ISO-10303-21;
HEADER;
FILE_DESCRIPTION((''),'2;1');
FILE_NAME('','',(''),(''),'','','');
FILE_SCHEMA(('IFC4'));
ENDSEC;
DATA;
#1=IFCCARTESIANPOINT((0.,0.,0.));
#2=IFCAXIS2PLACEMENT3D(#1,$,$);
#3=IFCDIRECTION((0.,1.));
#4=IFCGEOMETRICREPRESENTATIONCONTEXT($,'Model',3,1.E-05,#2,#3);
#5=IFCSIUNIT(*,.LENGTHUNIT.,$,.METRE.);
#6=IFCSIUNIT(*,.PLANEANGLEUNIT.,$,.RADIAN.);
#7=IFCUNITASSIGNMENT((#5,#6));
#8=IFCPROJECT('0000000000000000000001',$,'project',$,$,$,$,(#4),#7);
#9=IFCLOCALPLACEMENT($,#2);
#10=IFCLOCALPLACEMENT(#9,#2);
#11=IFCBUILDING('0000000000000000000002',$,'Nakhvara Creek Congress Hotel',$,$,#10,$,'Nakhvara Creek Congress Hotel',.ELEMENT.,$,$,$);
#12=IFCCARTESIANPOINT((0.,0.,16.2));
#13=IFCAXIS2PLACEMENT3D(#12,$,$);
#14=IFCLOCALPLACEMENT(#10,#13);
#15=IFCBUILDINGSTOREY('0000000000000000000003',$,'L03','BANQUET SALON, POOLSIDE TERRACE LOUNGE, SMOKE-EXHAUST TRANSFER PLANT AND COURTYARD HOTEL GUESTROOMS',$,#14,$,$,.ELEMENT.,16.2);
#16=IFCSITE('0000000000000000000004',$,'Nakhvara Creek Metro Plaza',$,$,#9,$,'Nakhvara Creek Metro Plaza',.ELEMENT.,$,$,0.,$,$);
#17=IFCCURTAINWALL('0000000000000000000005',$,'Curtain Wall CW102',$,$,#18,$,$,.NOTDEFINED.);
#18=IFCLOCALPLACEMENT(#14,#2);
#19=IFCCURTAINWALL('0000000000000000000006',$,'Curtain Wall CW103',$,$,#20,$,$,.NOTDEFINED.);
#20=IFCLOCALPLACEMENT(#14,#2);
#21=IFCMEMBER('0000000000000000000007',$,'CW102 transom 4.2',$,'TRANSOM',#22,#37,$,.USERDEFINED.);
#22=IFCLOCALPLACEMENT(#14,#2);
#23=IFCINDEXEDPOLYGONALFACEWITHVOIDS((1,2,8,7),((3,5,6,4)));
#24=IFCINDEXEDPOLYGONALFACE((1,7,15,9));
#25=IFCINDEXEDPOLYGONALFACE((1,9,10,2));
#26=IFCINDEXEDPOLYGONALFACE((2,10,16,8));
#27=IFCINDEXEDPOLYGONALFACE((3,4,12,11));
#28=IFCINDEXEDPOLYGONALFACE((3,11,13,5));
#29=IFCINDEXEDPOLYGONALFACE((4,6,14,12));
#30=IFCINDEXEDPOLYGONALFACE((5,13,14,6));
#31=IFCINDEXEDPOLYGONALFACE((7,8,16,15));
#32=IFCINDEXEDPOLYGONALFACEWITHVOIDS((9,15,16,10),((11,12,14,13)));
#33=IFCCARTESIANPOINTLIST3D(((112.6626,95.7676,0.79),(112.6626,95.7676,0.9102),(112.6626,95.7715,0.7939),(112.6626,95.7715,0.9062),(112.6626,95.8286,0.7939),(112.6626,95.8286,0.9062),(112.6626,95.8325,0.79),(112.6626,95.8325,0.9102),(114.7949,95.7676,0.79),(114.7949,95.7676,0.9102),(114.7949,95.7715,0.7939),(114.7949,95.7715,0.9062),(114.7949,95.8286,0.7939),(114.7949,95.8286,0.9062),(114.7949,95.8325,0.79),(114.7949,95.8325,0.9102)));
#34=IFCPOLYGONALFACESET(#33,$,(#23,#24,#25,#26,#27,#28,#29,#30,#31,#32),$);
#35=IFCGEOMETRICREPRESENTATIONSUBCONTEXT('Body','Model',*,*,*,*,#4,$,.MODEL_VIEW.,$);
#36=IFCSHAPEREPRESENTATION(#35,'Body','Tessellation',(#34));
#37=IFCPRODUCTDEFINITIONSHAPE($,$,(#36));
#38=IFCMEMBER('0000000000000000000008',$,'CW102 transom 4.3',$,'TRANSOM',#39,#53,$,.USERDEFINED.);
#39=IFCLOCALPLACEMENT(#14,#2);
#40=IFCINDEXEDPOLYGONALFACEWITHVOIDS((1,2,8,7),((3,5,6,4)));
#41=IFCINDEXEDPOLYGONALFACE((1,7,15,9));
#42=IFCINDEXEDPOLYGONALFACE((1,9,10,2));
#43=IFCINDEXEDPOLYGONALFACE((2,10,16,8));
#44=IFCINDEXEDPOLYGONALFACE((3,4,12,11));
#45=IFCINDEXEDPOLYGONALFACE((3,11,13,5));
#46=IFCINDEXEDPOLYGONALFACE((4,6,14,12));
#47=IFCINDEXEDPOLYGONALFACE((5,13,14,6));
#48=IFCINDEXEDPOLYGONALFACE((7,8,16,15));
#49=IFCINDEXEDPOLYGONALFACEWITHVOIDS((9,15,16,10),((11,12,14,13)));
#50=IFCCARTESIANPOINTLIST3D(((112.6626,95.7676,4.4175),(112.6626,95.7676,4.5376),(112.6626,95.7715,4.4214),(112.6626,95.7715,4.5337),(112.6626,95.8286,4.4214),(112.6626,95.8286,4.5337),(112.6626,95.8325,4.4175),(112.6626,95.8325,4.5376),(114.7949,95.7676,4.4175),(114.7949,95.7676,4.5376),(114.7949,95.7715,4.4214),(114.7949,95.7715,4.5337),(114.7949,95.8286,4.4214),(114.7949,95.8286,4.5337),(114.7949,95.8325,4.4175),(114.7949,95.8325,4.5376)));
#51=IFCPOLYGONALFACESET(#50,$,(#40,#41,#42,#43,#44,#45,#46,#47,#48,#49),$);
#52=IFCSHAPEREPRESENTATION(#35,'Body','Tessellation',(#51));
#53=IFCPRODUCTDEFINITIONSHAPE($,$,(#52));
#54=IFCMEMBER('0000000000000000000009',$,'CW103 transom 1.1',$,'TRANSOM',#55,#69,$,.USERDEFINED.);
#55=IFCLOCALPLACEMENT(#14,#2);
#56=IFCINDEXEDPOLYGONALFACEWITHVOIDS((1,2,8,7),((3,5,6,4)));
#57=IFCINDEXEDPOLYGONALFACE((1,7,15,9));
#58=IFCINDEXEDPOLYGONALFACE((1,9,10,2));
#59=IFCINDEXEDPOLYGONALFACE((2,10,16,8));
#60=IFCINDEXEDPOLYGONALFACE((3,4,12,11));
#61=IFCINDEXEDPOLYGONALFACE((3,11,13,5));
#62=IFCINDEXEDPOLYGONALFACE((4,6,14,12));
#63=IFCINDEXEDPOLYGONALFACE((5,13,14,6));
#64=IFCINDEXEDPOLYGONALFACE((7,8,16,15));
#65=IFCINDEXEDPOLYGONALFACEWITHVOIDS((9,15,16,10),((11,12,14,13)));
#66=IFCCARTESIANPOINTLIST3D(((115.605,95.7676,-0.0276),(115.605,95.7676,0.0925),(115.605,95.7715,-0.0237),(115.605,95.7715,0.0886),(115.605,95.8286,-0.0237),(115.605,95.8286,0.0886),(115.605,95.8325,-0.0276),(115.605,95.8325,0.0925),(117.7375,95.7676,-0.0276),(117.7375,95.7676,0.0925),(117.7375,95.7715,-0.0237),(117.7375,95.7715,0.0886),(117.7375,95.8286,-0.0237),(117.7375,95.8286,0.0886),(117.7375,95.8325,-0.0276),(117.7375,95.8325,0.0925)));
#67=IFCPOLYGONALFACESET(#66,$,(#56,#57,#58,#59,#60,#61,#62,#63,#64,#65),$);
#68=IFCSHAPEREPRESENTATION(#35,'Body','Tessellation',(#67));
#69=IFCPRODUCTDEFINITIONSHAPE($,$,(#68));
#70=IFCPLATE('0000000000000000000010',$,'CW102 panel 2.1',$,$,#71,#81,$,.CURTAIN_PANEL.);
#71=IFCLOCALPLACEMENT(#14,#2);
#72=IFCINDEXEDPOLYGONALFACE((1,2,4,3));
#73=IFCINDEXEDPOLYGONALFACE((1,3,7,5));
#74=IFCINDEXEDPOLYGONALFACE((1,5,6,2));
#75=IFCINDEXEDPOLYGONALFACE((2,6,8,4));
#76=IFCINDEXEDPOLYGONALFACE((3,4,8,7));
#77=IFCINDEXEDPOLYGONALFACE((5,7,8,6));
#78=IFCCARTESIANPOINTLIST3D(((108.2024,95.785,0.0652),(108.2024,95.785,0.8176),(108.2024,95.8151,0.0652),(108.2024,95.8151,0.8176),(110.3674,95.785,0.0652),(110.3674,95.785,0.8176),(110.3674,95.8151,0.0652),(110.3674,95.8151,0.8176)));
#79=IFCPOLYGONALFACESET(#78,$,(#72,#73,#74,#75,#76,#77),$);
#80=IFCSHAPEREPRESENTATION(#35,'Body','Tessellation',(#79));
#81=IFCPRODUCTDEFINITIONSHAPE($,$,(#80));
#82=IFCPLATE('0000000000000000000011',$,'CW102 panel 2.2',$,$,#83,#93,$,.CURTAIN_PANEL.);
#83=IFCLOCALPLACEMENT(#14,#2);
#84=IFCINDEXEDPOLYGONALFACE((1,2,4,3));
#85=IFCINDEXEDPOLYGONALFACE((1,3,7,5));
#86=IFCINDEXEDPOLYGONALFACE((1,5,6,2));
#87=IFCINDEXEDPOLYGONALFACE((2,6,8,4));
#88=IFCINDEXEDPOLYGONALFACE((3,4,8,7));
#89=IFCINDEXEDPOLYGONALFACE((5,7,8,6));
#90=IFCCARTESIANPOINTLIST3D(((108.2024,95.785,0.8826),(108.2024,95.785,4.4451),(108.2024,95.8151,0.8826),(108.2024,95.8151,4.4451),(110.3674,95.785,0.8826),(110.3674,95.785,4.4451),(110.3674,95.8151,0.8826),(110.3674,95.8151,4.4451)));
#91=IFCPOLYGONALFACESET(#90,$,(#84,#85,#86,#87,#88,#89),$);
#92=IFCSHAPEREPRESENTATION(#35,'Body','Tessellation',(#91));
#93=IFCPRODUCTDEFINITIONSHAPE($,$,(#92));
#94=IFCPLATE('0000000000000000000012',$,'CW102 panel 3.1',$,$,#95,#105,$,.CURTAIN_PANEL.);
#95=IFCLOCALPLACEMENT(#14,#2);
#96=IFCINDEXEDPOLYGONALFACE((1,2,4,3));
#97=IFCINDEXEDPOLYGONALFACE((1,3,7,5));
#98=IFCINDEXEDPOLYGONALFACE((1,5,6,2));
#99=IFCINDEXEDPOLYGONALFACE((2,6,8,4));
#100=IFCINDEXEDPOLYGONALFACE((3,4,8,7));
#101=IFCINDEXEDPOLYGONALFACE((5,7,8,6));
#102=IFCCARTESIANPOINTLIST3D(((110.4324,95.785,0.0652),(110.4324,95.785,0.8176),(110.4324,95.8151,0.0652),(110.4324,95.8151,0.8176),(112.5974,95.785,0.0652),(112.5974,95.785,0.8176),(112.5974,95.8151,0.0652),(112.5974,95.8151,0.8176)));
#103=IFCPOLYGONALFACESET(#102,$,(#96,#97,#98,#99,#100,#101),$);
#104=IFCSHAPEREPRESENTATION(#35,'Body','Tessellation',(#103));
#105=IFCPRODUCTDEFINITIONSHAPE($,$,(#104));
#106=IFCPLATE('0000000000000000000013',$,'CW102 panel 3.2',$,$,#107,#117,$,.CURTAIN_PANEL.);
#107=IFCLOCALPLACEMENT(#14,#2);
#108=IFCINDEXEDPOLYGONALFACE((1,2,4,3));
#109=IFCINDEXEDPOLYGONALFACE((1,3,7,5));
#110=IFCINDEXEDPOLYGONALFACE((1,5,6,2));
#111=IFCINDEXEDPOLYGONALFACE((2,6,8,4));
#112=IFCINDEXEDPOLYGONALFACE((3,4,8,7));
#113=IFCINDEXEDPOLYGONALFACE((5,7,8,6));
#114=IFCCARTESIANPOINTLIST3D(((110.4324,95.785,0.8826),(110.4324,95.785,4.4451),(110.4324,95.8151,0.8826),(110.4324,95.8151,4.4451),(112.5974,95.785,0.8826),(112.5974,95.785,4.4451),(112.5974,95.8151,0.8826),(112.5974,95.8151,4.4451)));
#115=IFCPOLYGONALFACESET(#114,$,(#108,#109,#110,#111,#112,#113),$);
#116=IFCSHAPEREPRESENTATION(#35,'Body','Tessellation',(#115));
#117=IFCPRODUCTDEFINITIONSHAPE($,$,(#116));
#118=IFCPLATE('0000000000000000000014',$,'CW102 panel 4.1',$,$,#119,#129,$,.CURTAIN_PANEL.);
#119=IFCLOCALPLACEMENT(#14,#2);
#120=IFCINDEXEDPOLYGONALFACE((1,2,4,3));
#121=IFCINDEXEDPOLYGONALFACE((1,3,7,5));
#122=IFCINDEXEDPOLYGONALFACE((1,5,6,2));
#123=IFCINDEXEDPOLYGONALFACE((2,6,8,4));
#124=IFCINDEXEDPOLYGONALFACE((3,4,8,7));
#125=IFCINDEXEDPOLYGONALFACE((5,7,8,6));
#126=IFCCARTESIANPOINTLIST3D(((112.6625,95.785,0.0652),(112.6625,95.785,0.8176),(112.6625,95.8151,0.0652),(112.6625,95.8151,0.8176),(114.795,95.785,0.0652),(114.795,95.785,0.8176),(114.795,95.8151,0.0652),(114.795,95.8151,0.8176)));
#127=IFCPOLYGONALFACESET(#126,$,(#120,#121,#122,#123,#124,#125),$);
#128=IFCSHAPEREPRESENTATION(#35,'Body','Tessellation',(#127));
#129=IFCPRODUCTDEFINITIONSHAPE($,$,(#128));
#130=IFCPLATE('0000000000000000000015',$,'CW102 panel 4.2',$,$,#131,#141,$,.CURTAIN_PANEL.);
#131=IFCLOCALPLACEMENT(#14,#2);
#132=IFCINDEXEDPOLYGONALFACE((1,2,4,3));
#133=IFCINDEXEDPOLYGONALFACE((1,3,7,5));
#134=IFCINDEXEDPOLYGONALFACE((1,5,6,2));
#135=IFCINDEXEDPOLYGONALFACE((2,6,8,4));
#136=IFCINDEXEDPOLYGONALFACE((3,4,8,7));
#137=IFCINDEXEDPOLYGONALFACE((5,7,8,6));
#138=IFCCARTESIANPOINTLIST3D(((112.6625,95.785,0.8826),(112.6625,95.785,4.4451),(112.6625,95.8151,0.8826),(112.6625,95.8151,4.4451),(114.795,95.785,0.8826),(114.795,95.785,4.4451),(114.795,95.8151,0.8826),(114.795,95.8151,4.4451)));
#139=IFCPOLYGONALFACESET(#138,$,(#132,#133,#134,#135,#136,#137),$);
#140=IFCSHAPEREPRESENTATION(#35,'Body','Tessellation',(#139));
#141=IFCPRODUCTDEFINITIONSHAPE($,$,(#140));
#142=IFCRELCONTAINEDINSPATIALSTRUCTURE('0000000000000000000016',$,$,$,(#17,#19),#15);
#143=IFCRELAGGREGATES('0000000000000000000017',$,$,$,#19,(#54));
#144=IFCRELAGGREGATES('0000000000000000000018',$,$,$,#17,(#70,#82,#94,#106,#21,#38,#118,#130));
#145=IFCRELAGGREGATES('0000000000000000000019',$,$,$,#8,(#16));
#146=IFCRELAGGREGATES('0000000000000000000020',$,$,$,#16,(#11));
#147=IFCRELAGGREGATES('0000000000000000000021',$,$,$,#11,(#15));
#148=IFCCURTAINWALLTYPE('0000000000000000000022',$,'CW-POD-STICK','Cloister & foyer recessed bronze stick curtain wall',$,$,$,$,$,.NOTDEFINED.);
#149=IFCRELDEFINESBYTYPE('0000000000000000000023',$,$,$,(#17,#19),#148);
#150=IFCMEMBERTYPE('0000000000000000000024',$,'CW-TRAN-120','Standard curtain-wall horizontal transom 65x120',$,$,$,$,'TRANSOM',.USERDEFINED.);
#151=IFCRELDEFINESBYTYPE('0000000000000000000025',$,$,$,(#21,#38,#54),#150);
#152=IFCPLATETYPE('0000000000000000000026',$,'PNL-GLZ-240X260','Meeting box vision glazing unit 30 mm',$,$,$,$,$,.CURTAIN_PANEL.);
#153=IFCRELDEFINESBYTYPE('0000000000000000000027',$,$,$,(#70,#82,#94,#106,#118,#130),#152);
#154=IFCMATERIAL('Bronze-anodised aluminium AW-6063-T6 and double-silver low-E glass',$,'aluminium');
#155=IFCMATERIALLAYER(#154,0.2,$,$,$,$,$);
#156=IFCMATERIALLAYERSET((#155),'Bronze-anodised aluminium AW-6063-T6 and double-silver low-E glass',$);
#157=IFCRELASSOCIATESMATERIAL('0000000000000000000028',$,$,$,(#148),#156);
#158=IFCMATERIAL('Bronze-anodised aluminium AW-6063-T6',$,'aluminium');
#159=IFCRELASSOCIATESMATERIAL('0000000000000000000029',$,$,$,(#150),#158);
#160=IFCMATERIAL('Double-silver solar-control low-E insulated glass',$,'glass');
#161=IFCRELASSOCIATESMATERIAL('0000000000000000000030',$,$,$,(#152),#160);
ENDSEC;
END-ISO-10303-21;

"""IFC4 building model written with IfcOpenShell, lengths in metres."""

from ifc_helpers import new_model, si_unit, direction, frame, origin, origin_2d, place, context, subcontext, project, spatial, rectangle, hollow_rectangle, extrude, material, layer, layer_set, material_profile, profile_set, type_object, element, aggregate, save


model = new_model("IFC4")

# Units and contexts
model_context = context("Model", 3, precision=1e-05, world=origin(), true_north=direction((0.0, 1.0)))
body_context = subcontext(model_context, "Body", "Model", "MODEL_VIEW")
ifc_project = project(units=[si_unit("LENGTHUNIT", "METRE"), si_unit("PLANEANGLEUNIT", "RADIAN")], contexts=[model_context])

# Site, building, storey
site_placement = place(None, origin())
site = spatial("IfcSite", under=ifc_project, at=site_placement, Name="Nakhvara Creek Metro Plaza", LongName="Nakhvara Creek Metro Plaza", CompositionType="ELEMENT", RefElevation=0.0)
building_placement = place(site_placement, origin())
building = spatial("IfcBuilding", under=site, at=building_placement, Name="Nakhvara Creek Congress Hotel", LongName="Nakhvara Creek Congress Hotel", CompositionType="ELEMENT")
storey_placement = place(building_placement, frame((0.0, 0.0, 16.2)))
storey = spatial("IfcBuildingStorey", under=building, at=storey_placement, Name="L03", Description="BANQUET SALON, POOLSIDE TERRACE LOUNGE, SMOKE-EXHAUST TRANSFER PLANT AND COURTYARD HOTEL GUESTROOMS", CompositionType="ELEMENT", Elevation=16.2)

# Curtain wall
ifc_material_1 = material(Name="Bronze-anodised aluminium AW-6063-T6 and double-silver low-E glass", Category="aluminium")
ifc_layer = layer(ifc_material_1, 0.2)
ifc_layer_set = layer_set([ifc_layer], Name="Bronze-anodised aluminium AW-6063-T6 and double-silver low-E glass")
curtain_wall_type = type_object("IfcCurtainWallType", Name="CW-POD-STICK", Description="Cloister & foyer recessed bronze stick curtain wall", PredefinedType="NOTDEFINED", material=ifc_layer_set)
curtain_wall_1_placement = place(storey_placement, origin())
curtain_wall_1 = element("IfcCurtainWall", 1, at=curtain_wall_1_placement, inside=storey, type_object=curtain_wall_type, Name="Curtain Wall CW102", PredefinedType="NOTDEFINED")
ifc_material_2 = material(Name="Bronze-anodised aluminium AW-6063-T6", Category="aluminium")

# Curtain wall
curtain_wall_2_placement = place(storey_placement, origin())
curtain_wall_2 = element("IfcCurtainWall", 2, at=curtain_wall_2_placement, inside=storey, type_object=curtain_wall_type, Name="Curtain Wall CW103", PredefinedType="NOTDEFINED")

# Members
ifc_material_profile_1 = material_profile(ifc_material_2, hollow_rectangle(XDim=0.0649, YDim=0.1201, WallThickness=0.0039, at=origin_2d()), Name="ALU-TRAN 65x120x4", Category="LoadBearing")
ifc_profile_set_1 = profile_set([ifc_material_profile_1], Name="Bronze-anodised aluminium AW-6063-T6")
member_type_1 = type_object("IfcMemberType", Name="CW-TRAN-120", Description="Standard curtain-wall horizontal transom 65x120", ElementType="TRANSOM", PredefinedType="USERDEFINED", material=ifc_profile_set_1)
member_1_placement = place(storey_placement, frame((112.6626, 95.8, 0.8501), z_axis=(1.0, 0.0, 0.0), x_axis=(0.0, 1.0, 0.0)))
member_1 = element("IfcMember", 3, at=member_1_placement, type_object=member_type_1, Name="CW102 transom 4.2", ObjectType="TRANSOM", PredefinedType="USERDEFINED", context=body_context, shape_type="SweptSolid", body=[
    extrude(hollow_rectangle(XDim=0.0649, YDim=0.1201, WallThickness=0.0039, at=origin_2d()), origin(), (0.0, 0.0, 1.0), 2.1323),
])
member_2_placement = place(storey_placement, frame((112.6626, 95.8, 4.4775), z_axis=(1.0, 0.0, 0.0), x_axis=(0.0, 1.0, 0.0)))
member_2 = element("IfcMember", 4, at=member_2_placement, type_object=member_type_1, Name="CW102 transom 4.3", ObjectType="TRANSOM", PredefinedType="USERDEFINED", context=body_context, shape_type="SweptSolid", body=[
    extrude(hollow_rectangle(XDim=0.0649, YDim=0.1201, WallThickness=0.0039, at=origin_2d()), origin(), (0.0, 0.0, 1.0), 2.1323),
])
member_3_placement = place(storey_placement, frame((115.605, 95.8, 0.0325), z_axis=(1.0, 0.0, 0.0), x_axis=(0.0, 1.0, 0.0)))
member_3 = element("IfcMember", 5, at=member_3_placement, type_object=member_type_1, Name="CW103 transom 1.1", ObjectType="TRANSOM", PredefinedType="USERDEFINED", context=body_context, shape_type="SweptSolid", body=[
    extrude(hollow_rectangle(XDim=0.0649, YDim=0.1201, WallThickness=0.0039, at=origin_2d()), origin(), (0.0, 0.0, 1.0), 2.1326),
])
aggregate(curtain_wall_2, [member_3])

# Plates
ifc_material_3 = material(Name="Double-silver solar-control low-E insulated glass", Category="glass")
plate_type = type_object("IfcPlateType", Name="PNL-GLZ-240X260", Description="Meeting box vision glazing unit 30 mm", PredefinedType="CURTAIN_PANEL", material=ifc_material_3)
plate_1_placement = place(storey_placement, frame((109.2849, 95.8, 0.0652), z_axis=(0.0, 0.0, 1.0), x_axis=(1.0, 0.0, 0.0)))
plate_1 = element("IfcPlate", 6, at=plate_1_placement, type_object=plate_type, Name="CW102 panel 2.1", PredefinedType="CURTAIN_PANEL", context=body_context, shape_type="SweptSolid", body=[
    extrude(rectangle(XDim=2.165, YDim=0.03, at=origin_2d()), origin(), (0.0, 0.0, 1.0), 0.7524),
])
plate_2_placement = place(storey_placement, frame((109.2849, 95.8, 0.8826), z_axis=(0.0, 0.0, 1.0), x_axis=(1.0, 0.0, 0.0)))
plate_2 = element("IfcPlate", 7, at=plate_2_placement, type_object=plate_type, Name="CW102 panel 2.2", PredefinedType="CURTAIN_PANEL", context=body_context, shape_type="SweptSolid", body=[
    extrude(rectangle(XDim=2.165, YDim=0.03, at=origin_2d()), origin(), (0.0, 0.0, 1.0), 3.5625),
])
plate_3_placement = place(storey_placement, frame((111.5149, 95.8, 0.0652), z_axis=(0.0, 0.0, 1.0), x_axis=(1.0, 0.0, 0.0)))
plate_3 = element("IfcPlate", 8, at=plate_3_placement, type_object=plate_type, Name="CW102 panel 3.1", PredefinedType="CURTAIN_PANEL", context=body_context, shape_type="SweptSolid", body=[
    extrude(rectangle(XDim=2.165, YDim=0.03, at=origin_2d()), origin(), (0.0, 0.0, 1.0), 0.7524),
])
plate_4_placement = place(storey_placement, frame((111.5149, 95.8, 0.8826), z_axis=(0.0, 0.0, 1.0), x_axis=(1.0, 0.0, 0.0)))
plate_4 = element("IfcPlate", 9, at=plate_4_placement, type_object=plate_type, Name="CW102 panel 3.2", PredefinedType="CURTAIN_PANEL", context=body_context, shape_type="SweptSolid", body=[
    extrude(rectangle(XDim=2.165, YDim=0.03, at=origin_2d()), origin(), (0.0, 0.0, 1.0), 3.5625),
])
plate_5_placement = place(storey_placement, frame((113.7288, 95.8, 0.0652), z_axis=(0.0, 0.0, 1.0), x_axis=(1.0, 0.0, 0.0)))
plate_5 = element("IfcPlate", 10, at=plate_5_placement, type_object=plate_type, Name="CW102 panel 4.1", PredefinedType="CURTAIN_PANEL", context=body_context, shape_type="SweptSolid", body=[
    extrude(rectangle(XDim=2.1326, YDim=0.03, at=origin_2d()), origin(), (0.0, 0.0, 1.0), 0.7524),
])
plate_6_placement = place(storey_placement, frame((113.7288, 95.8, 0.8826), z_axis=(0.0, 0.0, 1.0), x_axis=(1.0, 0.0, 0.0)))
plate_6 = element("IfcPlate", 11, at=plate_6_placement, type_object=plate_type, Name="CW102 panel 4.2", PredefinedType="CURTAIN_PANEL", context=body_context, shape_type="SweptSolid", body=[
    extrude(rectangle(XDim=2.1326, YDim=0.03, at=origin_2d()), origin(), (0.0, 0.0, 1.0), 3.5625),
])
aggregate(curtain_wall_1, [plate_1, plate_2, plate_3, plate_4, member_1, member_2, plate_5, plate_6])

save(model, "model.ifc")
